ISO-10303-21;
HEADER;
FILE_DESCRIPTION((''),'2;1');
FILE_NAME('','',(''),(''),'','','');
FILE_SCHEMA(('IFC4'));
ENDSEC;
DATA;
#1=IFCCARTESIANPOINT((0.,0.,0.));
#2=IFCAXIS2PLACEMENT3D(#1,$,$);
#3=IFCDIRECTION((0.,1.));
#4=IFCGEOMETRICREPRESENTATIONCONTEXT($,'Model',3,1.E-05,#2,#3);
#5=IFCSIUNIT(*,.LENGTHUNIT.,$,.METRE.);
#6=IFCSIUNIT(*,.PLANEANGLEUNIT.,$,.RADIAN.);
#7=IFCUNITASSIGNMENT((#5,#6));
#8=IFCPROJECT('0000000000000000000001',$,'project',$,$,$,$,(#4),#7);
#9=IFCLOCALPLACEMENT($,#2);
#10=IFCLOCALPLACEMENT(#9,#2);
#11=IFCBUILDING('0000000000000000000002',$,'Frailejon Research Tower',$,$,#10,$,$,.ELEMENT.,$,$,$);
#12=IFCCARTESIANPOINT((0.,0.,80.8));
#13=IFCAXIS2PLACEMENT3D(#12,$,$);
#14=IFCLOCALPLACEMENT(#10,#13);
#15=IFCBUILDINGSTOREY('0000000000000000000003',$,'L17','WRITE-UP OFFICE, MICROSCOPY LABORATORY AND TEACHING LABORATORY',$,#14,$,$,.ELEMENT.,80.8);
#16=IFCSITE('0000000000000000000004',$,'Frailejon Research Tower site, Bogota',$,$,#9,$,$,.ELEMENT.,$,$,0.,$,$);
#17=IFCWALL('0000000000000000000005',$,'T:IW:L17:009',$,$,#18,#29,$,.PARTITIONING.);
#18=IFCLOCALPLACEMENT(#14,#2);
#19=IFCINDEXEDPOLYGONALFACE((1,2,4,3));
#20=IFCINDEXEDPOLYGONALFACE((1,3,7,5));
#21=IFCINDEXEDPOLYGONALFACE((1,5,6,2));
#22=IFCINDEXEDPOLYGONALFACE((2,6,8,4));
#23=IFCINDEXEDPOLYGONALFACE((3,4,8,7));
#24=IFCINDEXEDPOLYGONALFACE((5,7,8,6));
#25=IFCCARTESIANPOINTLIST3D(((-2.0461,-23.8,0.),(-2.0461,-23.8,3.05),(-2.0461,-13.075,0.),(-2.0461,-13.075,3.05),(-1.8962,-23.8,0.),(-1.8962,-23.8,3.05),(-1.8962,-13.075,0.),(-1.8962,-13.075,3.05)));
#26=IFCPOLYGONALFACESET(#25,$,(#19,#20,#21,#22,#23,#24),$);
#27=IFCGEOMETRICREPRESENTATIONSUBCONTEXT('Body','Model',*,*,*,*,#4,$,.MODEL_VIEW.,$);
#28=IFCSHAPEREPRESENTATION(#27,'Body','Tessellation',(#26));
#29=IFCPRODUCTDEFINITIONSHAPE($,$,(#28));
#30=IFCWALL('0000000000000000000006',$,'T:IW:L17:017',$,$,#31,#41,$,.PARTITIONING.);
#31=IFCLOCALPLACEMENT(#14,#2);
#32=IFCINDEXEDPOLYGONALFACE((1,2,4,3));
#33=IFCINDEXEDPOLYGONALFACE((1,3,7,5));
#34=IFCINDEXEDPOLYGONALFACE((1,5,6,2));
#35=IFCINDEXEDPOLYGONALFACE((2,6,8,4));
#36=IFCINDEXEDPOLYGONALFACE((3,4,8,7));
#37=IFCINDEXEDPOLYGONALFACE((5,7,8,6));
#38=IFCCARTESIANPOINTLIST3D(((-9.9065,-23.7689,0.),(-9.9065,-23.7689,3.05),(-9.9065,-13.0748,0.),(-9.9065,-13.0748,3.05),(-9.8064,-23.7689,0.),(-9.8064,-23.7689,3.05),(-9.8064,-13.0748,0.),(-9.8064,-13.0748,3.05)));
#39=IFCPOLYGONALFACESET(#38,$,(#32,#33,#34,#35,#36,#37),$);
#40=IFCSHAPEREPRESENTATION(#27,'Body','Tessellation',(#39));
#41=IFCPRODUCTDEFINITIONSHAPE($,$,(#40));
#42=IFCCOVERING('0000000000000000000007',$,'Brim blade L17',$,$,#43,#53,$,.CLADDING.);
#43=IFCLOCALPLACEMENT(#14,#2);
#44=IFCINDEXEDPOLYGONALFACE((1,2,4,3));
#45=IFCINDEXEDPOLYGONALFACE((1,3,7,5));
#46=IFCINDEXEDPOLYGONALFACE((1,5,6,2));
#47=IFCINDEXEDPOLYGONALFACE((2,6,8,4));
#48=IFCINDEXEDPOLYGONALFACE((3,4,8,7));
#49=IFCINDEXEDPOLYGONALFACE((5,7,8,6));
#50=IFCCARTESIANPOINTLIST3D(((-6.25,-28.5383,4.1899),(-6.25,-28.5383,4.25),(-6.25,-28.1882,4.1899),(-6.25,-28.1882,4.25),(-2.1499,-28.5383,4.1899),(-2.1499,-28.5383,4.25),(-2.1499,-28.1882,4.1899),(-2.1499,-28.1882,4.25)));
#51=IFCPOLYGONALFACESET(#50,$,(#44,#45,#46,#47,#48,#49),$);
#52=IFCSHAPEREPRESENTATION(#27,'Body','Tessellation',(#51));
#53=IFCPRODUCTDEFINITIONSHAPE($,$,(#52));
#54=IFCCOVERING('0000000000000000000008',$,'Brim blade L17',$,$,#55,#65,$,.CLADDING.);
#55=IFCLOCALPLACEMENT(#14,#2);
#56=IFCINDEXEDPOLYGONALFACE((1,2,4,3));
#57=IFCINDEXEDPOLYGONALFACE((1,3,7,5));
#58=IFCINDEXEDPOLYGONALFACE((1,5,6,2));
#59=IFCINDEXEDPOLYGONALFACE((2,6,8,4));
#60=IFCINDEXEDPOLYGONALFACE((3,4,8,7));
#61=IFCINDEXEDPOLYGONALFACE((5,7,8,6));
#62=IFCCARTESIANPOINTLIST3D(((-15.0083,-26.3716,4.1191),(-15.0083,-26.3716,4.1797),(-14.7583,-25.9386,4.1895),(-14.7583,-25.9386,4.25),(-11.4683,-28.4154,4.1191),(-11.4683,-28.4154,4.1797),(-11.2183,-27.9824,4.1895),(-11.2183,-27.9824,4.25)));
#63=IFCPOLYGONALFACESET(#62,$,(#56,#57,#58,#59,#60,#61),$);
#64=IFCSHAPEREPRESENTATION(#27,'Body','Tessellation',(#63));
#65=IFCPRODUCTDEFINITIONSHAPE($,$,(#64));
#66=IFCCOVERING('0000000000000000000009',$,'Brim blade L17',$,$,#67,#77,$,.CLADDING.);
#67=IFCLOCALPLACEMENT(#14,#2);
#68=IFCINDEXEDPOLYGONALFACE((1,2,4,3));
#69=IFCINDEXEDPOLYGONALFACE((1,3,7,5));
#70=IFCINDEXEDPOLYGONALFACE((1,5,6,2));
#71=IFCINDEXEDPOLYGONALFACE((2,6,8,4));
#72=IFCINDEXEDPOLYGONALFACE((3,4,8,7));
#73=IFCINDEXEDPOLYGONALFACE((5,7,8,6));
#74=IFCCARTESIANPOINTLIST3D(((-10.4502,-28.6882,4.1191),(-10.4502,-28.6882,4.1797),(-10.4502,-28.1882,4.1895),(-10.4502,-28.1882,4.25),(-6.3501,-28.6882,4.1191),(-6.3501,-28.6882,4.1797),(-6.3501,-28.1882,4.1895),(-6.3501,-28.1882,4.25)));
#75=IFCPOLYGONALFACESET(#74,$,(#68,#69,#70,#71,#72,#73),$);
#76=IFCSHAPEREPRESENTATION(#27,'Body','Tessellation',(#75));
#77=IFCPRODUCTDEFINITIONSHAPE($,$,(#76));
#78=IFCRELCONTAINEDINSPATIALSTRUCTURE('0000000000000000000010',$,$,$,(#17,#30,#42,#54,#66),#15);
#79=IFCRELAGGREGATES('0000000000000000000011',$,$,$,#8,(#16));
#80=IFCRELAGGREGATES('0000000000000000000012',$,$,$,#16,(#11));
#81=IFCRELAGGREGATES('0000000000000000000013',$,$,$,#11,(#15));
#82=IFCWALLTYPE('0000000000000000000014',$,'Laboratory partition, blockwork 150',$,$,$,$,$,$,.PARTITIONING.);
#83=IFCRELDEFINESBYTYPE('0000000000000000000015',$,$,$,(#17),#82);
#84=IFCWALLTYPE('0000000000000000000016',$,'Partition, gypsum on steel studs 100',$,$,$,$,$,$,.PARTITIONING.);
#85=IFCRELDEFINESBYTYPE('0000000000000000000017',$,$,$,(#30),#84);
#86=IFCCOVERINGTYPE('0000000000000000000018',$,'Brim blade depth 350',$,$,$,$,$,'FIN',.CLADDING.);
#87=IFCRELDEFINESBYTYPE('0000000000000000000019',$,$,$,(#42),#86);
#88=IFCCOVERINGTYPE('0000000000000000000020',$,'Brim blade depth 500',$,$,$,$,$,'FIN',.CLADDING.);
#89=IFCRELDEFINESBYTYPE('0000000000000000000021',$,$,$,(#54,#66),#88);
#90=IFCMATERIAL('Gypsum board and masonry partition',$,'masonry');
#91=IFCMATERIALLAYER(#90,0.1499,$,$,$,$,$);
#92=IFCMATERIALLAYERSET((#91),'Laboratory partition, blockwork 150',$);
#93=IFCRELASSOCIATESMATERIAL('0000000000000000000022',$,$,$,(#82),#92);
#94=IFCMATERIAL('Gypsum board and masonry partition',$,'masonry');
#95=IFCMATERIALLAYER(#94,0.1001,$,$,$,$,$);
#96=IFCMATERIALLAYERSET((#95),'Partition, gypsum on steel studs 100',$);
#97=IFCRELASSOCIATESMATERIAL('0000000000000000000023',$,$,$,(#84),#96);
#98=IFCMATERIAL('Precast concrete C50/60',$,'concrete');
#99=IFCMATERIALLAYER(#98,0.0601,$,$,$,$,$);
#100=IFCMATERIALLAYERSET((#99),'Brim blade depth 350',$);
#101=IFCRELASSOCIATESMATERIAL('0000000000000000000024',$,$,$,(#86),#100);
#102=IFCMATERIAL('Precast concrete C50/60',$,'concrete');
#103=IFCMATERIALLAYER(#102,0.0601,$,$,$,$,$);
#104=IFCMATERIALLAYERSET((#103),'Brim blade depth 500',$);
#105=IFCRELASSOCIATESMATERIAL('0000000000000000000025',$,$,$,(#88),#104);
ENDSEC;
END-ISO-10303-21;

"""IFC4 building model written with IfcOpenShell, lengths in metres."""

from ifc_helpers import new_model, si_unit, direction, frame, frame_2d, origin, place, context, subcontext, project, spatial, polyline, rectangle, outline, extrude, material, layer, layer_set, type_object, element, save


model = new_model("IFC4")

# Units and contexts
model_context = context("Model", 3, precision=1e-05, world=origin(), true_north=direction((0.0, 1.0)))
body_context = subcontext(model_context, "Body", "Model", "MODEL_VIEW")
ifc_project = project(units=[si_unit("LENGTHUNIT", "METRE"), si_unit("PLANEANGLEUNIT", "RADIAN")], contexts=[model_context])

# Site, building, storey
site_placement = place(None, origin())
site = spatial("IfcSite", under=ifc_project, at=site_placement, Name="Frailejon Research Tower site, Bogota", CompositionType="ELEMENT", RefElevation=0.0)
building_placement = place(site_placement, origin())
building = spatial("IfcBuilding", under=site, at=building_placement, Name="Frailejon Research Tower", CompositionType="ELEMENT")
storey_placement = place(building_placement, frame((0.0, 0.0, 80.8)))
storey = spatial("IfcBuildingStorey", under=building, at=storey_placement, Name="L17", Description="WRITE-UP OFFICE, MICROSCOPY LABORATORY AND TEACHING LABORATORY", CompositionType="ELEMENT", Elevation=80.8)

# Walls
ifc_material_1 = material(Name="Gypsum board and masonry partition", Category="masonry")
ifc_layer_1 = layer(ifc_material_1, 0.1499)
ifc_layer_set_1 = layer_set([ifc_layer_1], Name="Laboratory partition, blockwork 150")
wall_type_1 = type_object("IfcWallType", Name="Laboratory partition, blockwork 150", PredefinedType="PARTITIONING", material=ifc_layer_set_1)
wall_1_placement = place(storey_placement, frame((-1.9712, -23.8, 0.0), z_axis=(0.0, 0.0, 1.0), x_axis=(0.0, 1.0, 0.0)))
element("IfcWall", 1, at=wall_1_placement, inside=storey, type_object=wall_type_1, Name="T:IW:L17:009", PredefinedType="PARTITIONING", context=body_context, shape_type="SweptSolid", body=[
    extrude(rectangle(XDim=10.7251, YDim=0.1499, at=frame_2d((5.3625, 0.0))), origin(), (0.0, 0.0, 1.0), 3.05),
])
ifc_material_2 = material(Name="Gypsum board and masonry partition", Category="masonry")
ifc_layer_2 = layer(ifc_material_2, 0.1001)
ifc_layer_set_2 = layer_set([ifc_layer_2], Name="Partition, gypsum on steel studs 100")
wall_type_2 = type_object("IfcWallType", Name="Partition, gypsum on steel studs 100", PredefinedType="PARTITIONING", material=ifc_layer_set_2)
wall_2_placement = place(storey_placement, frame((-9.8564, -23.769, 0.0), z_axis=(0.0, 0.0, 1.0), x_axis=(0.0, 1.0, 0.0)))
element("IfcWall", 2, at=wall_2_placement, inside=storey, type_object=wall_type_2, Name="T:IW:L17:017", PredefinedType="PARTITIONING", context=body_context, shape_type="SweptSolid", body=[
    extrude(rectangle(XDim=10.6941, YDim=0.1001, at=frame_2d((5.3472, 0.0))), origin(), (0.0, 0.0, 1.0), 3.05),
])

# Coverings
ifc_material_3 = material(Name="Precast concrete C50/60", Category="concrete")
ifc_layer_3 = layer(ifc_material_3, 0.0601)
ifc_layer_set_3 = layer_set([ifc_layer_3], Name="Brim blade depth 350")
covering_type_1 = type_object("IfcCoveringType", Name="Brim blade depth 350", ElementType="FIN", PredefinedType="CLADDING", material=ifc_layer_set_3)
covering_1_placement = place(storey_placement, frame((-2.1499, -28.1882, 4.25), z_axis=(-1.0, 0.0, 0.0), x_axis=(0.0, -1.0, 0.0)))
element("IfcCovering", 3, at=covering_1_placement, inside=storey, type_object=covering_type_1, Name="Brim blade L17", PredefinedType="CLADDING", context=body_context, shape_type="SweptSolid", body=[
    extrude(outline(polyline([(0.0, -0.0601), (0.3501, -0.0601), (0.3501, 0.0), (0.0, 0.0), (0.0, -0.0601)])), origin(), (0.0, 0.0, 1.0), 4.1001),
])
ifc_material_4 = material(Name="Precast concrete C50/60", Category="concrete")
ifc_layer_4 = layer(ifc_material_4, 0.0601)
ifc_layer_set_4 = layer_set([ifc_layer_4], Name="Brim blade depth 500")
covering_type_2 = type_object("IfcCoveringType", Name="Brim blade depth 500", ElementType="FIN", PredefinedType="CLADDING", material=ifc_layer_set_4)
covering_2_placement = place(storey_placement, frame((-11.2183, -27.9824, 4.25), z_axis=(-0.866027, 0.499997, 0.0), x_axis=(-0.499997, -0.866027, 0.0)))
element("IfcCovering", 4, at=covering_2_placement, inside=storey, type_object=covering_type_2, Name="Brim blade L17", PredefinedType="CLADDING", context=body_context, shape_type="SweptSolid", body=[
    extrude(outline(polyline([(0.0, -0.0605), (0.5, -0.1309), (0.5, -0.0703), (0.0, 0.0), (0.0, -0.0605)])), origin(), (0.0, 0.0, 1.0), 4.0876),
])
covering_3_placement = place(storey_placement, frame((-6.3501, -28.1882, 4.25), z_axis=(-1.0, 0.0, 0.0), x_axis=(0.0, -1.0, 0.0)))
element("IfcCovering", 5, at=covering_3_placement, inside=storey, type_object=covering_type_2, Name="Brim blade L17", PredefinedType="CLADDING", context=body_context, shape_type="SweptSolid", body=[
    extrude(outline(polyline([(0.0, -0.0605), (0.5, -0.1309), (0.5, -0.0703), (0.0, 0.0), (0.0, -0.0605)])), origin(), (0.0, 0.0, 1.0), 4.1001),
])

save(model, "model.ifc")
